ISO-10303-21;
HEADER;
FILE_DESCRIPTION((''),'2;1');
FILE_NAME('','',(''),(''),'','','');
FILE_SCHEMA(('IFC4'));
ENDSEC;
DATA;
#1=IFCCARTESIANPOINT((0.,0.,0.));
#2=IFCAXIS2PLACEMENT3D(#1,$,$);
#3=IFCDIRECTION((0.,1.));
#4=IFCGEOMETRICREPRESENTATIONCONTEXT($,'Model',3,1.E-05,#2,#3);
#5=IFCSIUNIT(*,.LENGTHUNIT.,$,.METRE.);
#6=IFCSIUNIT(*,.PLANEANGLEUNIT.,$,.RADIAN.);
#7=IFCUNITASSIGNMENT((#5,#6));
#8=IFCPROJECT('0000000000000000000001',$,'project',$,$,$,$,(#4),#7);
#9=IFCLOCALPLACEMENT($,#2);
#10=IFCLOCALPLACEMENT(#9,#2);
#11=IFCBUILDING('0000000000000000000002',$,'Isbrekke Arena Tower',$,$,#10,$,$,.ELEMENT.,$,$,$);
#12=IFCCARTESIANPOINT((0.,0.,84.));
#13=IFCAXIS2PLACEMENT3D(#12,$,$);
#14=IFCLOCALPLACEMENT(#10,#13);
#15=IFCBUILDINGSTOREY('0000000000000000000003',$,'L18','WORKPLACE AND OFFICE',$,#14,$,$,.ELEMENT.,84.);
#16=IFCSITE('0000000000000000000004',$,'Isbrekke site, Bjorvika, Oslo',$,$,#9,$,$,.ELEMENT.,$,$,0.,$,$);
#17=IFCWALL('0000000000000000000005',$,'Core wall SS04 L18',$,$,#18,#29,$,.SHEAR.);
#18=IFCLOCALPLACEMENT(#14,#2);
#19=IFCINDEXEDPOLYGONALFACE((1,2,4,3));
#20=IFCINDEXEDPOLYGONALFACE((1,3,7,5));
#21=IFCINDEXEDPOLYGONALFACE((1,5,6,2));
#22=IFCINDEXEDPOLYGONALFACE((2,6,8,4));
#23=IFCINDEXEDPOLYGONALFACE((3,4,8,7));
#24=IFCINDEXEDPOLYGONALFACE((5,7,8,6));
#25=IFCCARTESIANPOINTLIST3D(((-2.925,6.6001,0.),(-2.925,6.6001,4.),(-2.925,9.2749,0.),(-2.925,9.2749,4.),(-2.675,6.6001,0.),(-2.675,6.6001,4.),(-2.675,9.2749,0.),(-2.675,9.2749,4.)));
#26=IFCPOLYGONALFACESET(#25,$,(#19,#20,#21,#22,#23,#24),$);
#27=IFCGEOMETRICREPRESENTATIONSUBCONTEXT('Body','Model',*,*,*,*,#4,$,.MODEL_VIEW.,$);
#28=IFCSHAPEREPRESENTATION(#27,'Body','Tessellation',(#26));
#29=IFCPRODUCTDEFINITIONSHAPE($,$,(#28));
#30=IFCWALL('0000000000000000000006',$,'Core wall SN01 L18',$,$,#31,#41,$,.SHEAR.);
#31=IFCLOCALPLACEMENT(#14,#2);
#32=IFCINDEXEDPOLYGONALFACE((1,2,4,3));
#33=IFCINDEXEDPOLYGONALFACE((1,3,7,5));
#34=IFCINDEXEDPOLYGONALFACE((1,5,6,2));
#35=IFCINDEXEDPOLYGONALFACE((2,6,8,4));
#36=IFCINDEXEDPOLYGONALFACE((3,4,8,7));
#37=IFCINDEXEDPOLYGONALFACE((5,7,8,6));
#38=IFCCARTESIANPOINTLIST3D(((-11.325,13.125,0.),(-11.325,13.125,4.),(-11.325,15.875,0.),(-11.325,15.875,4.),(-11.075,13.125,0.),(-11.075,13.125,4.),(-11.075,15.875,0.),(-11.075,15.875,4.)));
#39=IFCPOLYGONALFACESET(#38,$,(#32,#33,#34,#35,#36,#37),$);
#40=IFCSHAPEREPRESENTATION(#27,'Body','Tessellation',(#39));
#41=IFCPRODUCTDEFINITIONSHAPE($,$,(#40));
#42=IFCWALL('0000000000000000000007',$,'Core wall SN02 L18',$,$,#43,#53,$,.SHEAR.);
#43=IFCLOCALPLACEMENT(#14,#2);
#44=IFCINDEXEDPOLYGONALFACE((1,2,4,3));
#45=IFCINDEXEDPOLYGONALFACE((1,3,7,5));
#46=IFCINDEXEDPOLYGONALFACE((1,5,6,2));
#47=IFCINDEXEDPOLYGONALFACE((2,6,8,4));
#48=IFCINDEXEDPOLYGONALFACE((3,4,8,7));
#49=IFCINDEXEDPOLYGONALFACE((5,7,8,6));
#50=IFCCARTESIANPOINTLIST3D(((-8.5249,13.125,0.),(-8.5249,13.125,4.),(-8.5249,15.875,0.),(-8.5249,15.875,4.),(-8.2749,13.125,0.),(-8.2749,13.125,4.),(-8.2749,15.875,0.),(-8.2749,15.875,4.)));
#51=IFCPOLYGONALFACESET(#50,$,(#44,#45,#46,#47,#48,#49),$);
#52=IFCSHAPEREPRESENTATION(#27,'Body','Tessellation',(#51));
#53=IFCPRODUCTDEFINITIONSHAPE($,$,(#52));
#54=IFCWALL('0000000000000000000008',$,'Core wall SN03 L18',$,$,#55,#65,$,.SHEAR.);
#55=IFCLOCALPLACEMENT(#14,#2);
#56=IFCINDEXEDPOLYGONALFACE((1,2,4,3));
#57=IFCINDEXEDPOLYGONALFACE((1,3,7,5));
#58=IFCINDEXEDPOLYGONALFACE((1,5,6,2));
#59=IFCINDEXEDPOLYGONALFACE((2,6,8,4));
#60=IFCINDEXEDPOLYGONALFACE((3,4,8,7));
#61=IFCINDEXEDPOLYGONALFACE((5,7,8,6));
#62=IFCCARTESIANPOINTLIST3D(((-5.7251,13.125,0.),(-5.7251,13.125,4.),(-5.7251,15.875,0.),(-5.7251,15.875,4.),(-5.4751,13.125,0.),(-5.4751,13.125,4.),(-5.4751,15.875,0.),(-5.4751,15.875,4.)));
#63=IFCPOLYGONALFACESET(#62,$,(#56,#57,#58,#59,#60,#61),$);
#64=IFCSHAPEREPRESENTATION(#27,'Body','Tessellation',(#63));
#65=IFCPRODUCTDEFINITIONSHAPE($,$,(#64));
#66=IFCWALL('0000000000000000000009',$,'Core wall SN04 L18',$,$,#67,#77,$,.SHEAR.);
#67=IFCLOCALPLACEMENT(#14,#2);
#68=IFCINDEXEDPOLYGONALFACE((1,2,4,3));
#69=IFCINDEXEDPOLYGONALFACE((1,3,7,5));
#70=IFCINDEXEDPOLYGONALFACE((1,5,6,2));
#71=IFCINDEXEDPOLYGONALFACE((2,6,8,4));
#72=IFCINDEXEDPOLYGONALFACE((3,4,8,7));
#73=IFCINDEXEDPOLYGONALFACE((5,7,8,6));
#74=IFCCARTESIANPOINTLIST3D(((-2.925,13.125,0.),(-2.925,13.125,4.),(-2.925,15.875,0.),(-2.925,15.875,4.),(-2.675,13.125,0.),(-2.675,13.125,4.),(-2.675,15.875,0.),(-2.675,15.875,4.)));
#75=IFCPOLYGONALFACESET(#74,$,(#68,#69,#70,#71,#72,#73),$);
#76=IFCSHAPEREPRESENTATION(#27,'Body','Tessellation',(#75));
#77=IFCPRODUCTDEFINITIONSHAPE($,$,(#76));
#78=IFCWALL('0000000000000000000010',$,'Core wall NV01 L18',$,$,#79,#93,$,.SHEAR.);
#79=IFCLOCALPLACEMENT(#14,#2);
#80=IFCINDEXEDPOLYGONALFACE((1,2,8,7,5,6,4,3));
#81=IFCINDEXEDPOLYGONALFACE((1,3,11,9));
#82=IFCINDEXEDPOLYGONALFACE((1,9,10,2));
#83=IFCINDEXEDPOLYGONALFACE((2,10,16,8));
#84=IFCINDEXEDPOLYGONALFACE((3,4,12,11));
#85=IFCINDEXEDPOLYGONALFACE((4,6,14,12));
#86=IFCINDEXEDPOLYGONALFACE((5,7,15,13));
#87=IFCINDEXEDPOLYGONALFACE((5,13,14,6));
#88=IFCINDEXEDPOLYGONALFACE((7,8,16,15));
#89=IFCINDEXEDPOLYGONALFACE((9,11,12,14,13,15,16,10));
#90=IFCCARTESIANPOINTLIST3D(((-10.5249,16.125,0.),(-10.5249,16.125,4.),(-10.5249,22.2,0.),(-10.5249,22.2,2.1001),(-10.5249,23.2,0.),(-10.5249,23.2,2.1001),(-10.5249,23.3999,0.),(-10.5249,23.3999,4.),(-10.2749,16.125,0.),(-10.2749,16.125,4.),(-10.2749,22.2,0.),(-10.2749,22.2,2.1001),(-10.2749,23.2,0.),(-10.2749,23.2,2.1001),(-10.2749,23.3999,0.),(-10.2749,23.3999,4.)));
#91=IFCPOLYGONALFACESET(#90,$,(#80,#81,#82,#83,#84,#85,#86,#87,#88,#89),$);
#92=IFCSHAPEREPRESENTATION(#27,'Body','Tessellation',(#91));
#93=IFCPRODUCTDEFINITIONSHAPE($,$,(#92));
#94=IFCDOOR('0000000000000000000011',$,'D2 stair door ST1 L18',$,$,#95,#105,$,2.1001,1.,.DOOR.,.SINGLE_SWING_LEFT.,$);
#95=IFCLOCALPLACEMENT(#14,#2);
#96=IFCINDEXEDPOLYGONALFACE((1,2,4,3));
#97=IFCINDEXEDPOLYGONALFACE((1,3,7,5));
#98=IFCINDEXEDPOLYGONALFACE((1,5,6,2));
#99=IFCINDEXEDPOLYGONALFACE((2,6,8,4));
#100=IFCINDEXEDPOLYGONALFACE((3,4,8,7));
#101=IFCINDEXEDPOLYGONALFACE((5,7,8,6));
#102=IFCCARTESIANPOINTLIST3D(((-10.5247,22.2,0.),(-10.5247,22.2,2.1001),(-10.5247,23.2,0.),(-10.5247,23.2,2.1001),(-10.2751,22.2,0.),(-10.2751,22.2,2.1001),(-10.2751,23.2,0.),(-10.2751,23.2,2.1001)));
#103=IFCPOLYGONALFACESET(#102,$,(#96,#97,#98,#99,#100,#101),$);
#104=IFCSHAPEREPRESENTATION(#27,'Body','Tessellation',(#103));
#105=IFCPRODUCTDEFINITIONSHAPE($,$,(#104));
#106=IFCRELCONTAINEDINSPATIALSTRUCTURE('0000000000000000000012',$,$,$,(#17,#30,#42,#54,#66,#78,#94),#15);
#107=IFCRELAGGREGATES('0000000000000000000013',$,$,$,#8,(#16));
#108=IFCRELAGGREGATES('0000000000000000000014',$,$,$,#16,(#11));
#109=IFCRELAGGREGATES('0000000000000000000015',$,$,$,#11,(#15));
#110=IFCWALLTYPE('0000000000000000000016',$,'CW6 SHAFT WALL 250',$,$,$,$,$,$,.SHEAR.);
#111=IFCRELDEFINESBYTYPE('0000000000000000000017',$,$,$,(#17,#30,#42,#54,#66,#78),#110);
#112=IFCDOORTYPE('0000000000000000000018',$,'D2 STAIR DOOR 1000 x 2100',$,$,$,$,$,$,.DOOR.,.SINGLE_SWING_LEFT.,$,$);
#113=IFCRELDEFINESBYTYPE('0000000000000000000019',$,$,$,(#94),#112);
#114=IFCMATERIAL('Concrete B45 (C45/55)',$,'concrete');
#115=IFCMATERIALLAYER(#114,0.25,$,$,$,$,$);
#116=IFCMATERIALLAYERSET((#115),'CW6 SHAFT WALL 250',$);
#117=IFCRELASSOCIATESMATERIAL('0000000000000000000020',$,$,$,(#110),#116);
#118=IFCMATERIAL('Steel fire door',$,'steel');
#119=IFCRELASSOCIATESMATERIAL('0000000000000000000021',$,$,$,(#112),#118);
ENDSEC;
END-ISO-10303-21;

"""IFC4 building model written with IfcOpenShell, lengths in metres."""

from ifc_helpers import new_model, si_unit, direction, frame, frame_2d, origin, place, context, subcontext, project, spatial, rectangle, extrude, material, layer, layer_set, type_object, element, fill, save


model = new_model("IFC4")

# Units and contexts
model_context = context("Model", 3, precision=1e-05, world=origin(), true_north=direction((0.0, 1.0)))
body_context = subcontext(model_context, "Body", "Model", "MODEL_VIEW")
ifc_project = project(units=[si_unit("LENGTHUNIT", "METRE"), si_unit("PLANEANGLEUNIT", "RADIAN")], contexts=[model_context])

# Site, building, storey
site_placement = place(None, origin())
site = spatial("IfcSite", under=ifc_project, at=site_placement, Name="Isbrekke site, Bjorvika, Oslo", CompositionType="ELEMENT", RefElevation=0.0)
building_placement = place(site_placement, origin())
building = spatial("IfcBuilding", under=site, at=building_placement, Name="Isbrekke Arena Tower", CompositionType="ELEMENT")
storey_placement = place(building_placement, frame((0.0, 0.0, 84.0)))
storey = spatial("IfcBuildingStorey", under=building, at=storey_placement, Name="L18", Description="WORKPLACE AND OFFICE", CompositionType="ELEMENT", Elevation=84.0)

# Shared definitions
ifc_material_1 = material(Name="Concrete B45 (C45/55)", Category="concrete")
ifc_layer_1 = layer(ifc_material_1, 0.25)
ifc_layer_set_1 = layer_set([ifc_layer_1], Name="CW6 SHAFT WALL 250")
wall_type_1 = type_object("IfcWallType", Name="CW6 SHAFT WALL 250", PredefinedType="SHEAR", material=ifc_layer_set_1)

# Walls
for number, where, z_axis, x_axis, name in (
    (1, (-2.8, 6.6001, 0.0), (0.0, 0.0, 1.0), (0.0, 1.0, 0.0), "Core wall SS04 L18"),
):
    element("IfcWall", number, at=place(storey_placement, frame(where, z_axis=z_axis, x_axis=x_axis)), inside=storey, type_object=wall_type_1, Name=name, PredefinedType="SHEAR", context=body_context, shape_type="SweptSolid", body=[
        extrude(rectangle(XDim=2.6748, YDim=0.25, at=frame_2d((1.3374, 0.0))), origin(), (0.0, 0.0, 1.0), 4.0),
    ])
for number, where, z_axis, x_axis, name in (
    (2, (-11.2, 13.125, 0.0), (0.0, 0.0, 1.0), (0.0, 1.0, 0.0), "Core wall SN01 L18"),
    (3, (-8.3999, 13.125, 0.0), (0.0, 0.0, 1.0), (0.0, 1.0, 0.0), "Core wall SN02 L18"),
    (4, (-5.6001, 13.125, 0.0), (0.0, 0.0, 1.0), (0.0, 1.0, 0.0), "Core wall SN03 L18"),
    (5, (-2.8, 13.125, 0.0), (0.0, 0.0, 1.0), (0.0, 1.0, 0.0), "Core wall SN04 L18"),
):
    element("IfcWall", number, at=place(storey_placement, frame(where, z_axis=z_axis, x_axis=x_axis)), inside=storey, type_object=wall_type_1, Name=name, PredefinedType="SHEAR", context=body_context, shape_type="SweptSolid", body=[
        extrude(rectangle(XDim=2.75, YDim=0.25, at=frame_2d((1.375, 0.0))), origin(), (0.0, 0.0, 1.0), 4.0),
    ])

# Wall, opening, door
wall_1_placement = place(storey_placement, frame((-10.3999, 16.125, 0.0), z_axis=(0.0, 0.0, 1.0), x_axis=(0.0, 1.0, 0.0)))
wall_1 = element("IfcWall", 6, at=wall_1_placement, inside=storey, type_object=wall_type_1, Name="Core wall NV01 L18", PredefinedType="SHEAR", context=body_context, shape_type="SweptSolid", body=[
    extrude(rectangle(XDim=7.2749, YDim=0.25, at=frame_2d((3.6375, 0.0))), origin(), (0.0, 0.0, 1.0), 4.0),
])
opening_1_placement = place(wall_1_placement, frame((6.075, 0.0, 0.0)))
opening_1 = element("IfcOpeningElement", 7, at=opening_1_placement, cuts=wall_1, PredefinedType="OPENING", context=body_context, shape_type="SweptSolid", body=[
    extrude(rectangle(XDim=1.0, YDim=2.1001, at=frame_2d((0.5, 1.05))), frame((0.0, 0.1399, 0.0), z_axis=(0.0, -1.0, 0.0), x_axis=(1.0, 0.0, 0.0)), (0.0, 0.0, 1.0), 0.2798),
])
ifc_material_2 = material(Name="Steel fire door", Category="steel")
door_type_1 = type_object("IfcDoorType", Name="D2 STAIR DOOR 1000 x 2100", OperationType="SINGLE_SWING_LEFT", PredefinedType="DOOR", material=ifc_material_2)
door_1_placement = place(opening_1_placement, origin())
door_1 = element("IfcDoor", 8, at=door_1_placement, inside=storey, type_object=door_type_1, Name="D2 stair door ST1 L18", OperationType="SINGLE_SWING_LEFT", OverallHeight=2.1001, OverallWidth=1.0, PredefinedType="DOOR", context=body_context, shape_type="SweptSolid", body=[
    extrude(rectangle(XDim=1.0, YDim=2.1001, at=frame_2d((0.5, 1.05))), frame((0.0, 0.1248, 0.0), z_axis=(0.0, -1.0, 0.0), x_axis=(1.0, 0.0, 0.0)), (0.0, 0.0, 1.0), 0.2495),
])
fill(opening_1, door_1)

save(model, "model.ifc")
